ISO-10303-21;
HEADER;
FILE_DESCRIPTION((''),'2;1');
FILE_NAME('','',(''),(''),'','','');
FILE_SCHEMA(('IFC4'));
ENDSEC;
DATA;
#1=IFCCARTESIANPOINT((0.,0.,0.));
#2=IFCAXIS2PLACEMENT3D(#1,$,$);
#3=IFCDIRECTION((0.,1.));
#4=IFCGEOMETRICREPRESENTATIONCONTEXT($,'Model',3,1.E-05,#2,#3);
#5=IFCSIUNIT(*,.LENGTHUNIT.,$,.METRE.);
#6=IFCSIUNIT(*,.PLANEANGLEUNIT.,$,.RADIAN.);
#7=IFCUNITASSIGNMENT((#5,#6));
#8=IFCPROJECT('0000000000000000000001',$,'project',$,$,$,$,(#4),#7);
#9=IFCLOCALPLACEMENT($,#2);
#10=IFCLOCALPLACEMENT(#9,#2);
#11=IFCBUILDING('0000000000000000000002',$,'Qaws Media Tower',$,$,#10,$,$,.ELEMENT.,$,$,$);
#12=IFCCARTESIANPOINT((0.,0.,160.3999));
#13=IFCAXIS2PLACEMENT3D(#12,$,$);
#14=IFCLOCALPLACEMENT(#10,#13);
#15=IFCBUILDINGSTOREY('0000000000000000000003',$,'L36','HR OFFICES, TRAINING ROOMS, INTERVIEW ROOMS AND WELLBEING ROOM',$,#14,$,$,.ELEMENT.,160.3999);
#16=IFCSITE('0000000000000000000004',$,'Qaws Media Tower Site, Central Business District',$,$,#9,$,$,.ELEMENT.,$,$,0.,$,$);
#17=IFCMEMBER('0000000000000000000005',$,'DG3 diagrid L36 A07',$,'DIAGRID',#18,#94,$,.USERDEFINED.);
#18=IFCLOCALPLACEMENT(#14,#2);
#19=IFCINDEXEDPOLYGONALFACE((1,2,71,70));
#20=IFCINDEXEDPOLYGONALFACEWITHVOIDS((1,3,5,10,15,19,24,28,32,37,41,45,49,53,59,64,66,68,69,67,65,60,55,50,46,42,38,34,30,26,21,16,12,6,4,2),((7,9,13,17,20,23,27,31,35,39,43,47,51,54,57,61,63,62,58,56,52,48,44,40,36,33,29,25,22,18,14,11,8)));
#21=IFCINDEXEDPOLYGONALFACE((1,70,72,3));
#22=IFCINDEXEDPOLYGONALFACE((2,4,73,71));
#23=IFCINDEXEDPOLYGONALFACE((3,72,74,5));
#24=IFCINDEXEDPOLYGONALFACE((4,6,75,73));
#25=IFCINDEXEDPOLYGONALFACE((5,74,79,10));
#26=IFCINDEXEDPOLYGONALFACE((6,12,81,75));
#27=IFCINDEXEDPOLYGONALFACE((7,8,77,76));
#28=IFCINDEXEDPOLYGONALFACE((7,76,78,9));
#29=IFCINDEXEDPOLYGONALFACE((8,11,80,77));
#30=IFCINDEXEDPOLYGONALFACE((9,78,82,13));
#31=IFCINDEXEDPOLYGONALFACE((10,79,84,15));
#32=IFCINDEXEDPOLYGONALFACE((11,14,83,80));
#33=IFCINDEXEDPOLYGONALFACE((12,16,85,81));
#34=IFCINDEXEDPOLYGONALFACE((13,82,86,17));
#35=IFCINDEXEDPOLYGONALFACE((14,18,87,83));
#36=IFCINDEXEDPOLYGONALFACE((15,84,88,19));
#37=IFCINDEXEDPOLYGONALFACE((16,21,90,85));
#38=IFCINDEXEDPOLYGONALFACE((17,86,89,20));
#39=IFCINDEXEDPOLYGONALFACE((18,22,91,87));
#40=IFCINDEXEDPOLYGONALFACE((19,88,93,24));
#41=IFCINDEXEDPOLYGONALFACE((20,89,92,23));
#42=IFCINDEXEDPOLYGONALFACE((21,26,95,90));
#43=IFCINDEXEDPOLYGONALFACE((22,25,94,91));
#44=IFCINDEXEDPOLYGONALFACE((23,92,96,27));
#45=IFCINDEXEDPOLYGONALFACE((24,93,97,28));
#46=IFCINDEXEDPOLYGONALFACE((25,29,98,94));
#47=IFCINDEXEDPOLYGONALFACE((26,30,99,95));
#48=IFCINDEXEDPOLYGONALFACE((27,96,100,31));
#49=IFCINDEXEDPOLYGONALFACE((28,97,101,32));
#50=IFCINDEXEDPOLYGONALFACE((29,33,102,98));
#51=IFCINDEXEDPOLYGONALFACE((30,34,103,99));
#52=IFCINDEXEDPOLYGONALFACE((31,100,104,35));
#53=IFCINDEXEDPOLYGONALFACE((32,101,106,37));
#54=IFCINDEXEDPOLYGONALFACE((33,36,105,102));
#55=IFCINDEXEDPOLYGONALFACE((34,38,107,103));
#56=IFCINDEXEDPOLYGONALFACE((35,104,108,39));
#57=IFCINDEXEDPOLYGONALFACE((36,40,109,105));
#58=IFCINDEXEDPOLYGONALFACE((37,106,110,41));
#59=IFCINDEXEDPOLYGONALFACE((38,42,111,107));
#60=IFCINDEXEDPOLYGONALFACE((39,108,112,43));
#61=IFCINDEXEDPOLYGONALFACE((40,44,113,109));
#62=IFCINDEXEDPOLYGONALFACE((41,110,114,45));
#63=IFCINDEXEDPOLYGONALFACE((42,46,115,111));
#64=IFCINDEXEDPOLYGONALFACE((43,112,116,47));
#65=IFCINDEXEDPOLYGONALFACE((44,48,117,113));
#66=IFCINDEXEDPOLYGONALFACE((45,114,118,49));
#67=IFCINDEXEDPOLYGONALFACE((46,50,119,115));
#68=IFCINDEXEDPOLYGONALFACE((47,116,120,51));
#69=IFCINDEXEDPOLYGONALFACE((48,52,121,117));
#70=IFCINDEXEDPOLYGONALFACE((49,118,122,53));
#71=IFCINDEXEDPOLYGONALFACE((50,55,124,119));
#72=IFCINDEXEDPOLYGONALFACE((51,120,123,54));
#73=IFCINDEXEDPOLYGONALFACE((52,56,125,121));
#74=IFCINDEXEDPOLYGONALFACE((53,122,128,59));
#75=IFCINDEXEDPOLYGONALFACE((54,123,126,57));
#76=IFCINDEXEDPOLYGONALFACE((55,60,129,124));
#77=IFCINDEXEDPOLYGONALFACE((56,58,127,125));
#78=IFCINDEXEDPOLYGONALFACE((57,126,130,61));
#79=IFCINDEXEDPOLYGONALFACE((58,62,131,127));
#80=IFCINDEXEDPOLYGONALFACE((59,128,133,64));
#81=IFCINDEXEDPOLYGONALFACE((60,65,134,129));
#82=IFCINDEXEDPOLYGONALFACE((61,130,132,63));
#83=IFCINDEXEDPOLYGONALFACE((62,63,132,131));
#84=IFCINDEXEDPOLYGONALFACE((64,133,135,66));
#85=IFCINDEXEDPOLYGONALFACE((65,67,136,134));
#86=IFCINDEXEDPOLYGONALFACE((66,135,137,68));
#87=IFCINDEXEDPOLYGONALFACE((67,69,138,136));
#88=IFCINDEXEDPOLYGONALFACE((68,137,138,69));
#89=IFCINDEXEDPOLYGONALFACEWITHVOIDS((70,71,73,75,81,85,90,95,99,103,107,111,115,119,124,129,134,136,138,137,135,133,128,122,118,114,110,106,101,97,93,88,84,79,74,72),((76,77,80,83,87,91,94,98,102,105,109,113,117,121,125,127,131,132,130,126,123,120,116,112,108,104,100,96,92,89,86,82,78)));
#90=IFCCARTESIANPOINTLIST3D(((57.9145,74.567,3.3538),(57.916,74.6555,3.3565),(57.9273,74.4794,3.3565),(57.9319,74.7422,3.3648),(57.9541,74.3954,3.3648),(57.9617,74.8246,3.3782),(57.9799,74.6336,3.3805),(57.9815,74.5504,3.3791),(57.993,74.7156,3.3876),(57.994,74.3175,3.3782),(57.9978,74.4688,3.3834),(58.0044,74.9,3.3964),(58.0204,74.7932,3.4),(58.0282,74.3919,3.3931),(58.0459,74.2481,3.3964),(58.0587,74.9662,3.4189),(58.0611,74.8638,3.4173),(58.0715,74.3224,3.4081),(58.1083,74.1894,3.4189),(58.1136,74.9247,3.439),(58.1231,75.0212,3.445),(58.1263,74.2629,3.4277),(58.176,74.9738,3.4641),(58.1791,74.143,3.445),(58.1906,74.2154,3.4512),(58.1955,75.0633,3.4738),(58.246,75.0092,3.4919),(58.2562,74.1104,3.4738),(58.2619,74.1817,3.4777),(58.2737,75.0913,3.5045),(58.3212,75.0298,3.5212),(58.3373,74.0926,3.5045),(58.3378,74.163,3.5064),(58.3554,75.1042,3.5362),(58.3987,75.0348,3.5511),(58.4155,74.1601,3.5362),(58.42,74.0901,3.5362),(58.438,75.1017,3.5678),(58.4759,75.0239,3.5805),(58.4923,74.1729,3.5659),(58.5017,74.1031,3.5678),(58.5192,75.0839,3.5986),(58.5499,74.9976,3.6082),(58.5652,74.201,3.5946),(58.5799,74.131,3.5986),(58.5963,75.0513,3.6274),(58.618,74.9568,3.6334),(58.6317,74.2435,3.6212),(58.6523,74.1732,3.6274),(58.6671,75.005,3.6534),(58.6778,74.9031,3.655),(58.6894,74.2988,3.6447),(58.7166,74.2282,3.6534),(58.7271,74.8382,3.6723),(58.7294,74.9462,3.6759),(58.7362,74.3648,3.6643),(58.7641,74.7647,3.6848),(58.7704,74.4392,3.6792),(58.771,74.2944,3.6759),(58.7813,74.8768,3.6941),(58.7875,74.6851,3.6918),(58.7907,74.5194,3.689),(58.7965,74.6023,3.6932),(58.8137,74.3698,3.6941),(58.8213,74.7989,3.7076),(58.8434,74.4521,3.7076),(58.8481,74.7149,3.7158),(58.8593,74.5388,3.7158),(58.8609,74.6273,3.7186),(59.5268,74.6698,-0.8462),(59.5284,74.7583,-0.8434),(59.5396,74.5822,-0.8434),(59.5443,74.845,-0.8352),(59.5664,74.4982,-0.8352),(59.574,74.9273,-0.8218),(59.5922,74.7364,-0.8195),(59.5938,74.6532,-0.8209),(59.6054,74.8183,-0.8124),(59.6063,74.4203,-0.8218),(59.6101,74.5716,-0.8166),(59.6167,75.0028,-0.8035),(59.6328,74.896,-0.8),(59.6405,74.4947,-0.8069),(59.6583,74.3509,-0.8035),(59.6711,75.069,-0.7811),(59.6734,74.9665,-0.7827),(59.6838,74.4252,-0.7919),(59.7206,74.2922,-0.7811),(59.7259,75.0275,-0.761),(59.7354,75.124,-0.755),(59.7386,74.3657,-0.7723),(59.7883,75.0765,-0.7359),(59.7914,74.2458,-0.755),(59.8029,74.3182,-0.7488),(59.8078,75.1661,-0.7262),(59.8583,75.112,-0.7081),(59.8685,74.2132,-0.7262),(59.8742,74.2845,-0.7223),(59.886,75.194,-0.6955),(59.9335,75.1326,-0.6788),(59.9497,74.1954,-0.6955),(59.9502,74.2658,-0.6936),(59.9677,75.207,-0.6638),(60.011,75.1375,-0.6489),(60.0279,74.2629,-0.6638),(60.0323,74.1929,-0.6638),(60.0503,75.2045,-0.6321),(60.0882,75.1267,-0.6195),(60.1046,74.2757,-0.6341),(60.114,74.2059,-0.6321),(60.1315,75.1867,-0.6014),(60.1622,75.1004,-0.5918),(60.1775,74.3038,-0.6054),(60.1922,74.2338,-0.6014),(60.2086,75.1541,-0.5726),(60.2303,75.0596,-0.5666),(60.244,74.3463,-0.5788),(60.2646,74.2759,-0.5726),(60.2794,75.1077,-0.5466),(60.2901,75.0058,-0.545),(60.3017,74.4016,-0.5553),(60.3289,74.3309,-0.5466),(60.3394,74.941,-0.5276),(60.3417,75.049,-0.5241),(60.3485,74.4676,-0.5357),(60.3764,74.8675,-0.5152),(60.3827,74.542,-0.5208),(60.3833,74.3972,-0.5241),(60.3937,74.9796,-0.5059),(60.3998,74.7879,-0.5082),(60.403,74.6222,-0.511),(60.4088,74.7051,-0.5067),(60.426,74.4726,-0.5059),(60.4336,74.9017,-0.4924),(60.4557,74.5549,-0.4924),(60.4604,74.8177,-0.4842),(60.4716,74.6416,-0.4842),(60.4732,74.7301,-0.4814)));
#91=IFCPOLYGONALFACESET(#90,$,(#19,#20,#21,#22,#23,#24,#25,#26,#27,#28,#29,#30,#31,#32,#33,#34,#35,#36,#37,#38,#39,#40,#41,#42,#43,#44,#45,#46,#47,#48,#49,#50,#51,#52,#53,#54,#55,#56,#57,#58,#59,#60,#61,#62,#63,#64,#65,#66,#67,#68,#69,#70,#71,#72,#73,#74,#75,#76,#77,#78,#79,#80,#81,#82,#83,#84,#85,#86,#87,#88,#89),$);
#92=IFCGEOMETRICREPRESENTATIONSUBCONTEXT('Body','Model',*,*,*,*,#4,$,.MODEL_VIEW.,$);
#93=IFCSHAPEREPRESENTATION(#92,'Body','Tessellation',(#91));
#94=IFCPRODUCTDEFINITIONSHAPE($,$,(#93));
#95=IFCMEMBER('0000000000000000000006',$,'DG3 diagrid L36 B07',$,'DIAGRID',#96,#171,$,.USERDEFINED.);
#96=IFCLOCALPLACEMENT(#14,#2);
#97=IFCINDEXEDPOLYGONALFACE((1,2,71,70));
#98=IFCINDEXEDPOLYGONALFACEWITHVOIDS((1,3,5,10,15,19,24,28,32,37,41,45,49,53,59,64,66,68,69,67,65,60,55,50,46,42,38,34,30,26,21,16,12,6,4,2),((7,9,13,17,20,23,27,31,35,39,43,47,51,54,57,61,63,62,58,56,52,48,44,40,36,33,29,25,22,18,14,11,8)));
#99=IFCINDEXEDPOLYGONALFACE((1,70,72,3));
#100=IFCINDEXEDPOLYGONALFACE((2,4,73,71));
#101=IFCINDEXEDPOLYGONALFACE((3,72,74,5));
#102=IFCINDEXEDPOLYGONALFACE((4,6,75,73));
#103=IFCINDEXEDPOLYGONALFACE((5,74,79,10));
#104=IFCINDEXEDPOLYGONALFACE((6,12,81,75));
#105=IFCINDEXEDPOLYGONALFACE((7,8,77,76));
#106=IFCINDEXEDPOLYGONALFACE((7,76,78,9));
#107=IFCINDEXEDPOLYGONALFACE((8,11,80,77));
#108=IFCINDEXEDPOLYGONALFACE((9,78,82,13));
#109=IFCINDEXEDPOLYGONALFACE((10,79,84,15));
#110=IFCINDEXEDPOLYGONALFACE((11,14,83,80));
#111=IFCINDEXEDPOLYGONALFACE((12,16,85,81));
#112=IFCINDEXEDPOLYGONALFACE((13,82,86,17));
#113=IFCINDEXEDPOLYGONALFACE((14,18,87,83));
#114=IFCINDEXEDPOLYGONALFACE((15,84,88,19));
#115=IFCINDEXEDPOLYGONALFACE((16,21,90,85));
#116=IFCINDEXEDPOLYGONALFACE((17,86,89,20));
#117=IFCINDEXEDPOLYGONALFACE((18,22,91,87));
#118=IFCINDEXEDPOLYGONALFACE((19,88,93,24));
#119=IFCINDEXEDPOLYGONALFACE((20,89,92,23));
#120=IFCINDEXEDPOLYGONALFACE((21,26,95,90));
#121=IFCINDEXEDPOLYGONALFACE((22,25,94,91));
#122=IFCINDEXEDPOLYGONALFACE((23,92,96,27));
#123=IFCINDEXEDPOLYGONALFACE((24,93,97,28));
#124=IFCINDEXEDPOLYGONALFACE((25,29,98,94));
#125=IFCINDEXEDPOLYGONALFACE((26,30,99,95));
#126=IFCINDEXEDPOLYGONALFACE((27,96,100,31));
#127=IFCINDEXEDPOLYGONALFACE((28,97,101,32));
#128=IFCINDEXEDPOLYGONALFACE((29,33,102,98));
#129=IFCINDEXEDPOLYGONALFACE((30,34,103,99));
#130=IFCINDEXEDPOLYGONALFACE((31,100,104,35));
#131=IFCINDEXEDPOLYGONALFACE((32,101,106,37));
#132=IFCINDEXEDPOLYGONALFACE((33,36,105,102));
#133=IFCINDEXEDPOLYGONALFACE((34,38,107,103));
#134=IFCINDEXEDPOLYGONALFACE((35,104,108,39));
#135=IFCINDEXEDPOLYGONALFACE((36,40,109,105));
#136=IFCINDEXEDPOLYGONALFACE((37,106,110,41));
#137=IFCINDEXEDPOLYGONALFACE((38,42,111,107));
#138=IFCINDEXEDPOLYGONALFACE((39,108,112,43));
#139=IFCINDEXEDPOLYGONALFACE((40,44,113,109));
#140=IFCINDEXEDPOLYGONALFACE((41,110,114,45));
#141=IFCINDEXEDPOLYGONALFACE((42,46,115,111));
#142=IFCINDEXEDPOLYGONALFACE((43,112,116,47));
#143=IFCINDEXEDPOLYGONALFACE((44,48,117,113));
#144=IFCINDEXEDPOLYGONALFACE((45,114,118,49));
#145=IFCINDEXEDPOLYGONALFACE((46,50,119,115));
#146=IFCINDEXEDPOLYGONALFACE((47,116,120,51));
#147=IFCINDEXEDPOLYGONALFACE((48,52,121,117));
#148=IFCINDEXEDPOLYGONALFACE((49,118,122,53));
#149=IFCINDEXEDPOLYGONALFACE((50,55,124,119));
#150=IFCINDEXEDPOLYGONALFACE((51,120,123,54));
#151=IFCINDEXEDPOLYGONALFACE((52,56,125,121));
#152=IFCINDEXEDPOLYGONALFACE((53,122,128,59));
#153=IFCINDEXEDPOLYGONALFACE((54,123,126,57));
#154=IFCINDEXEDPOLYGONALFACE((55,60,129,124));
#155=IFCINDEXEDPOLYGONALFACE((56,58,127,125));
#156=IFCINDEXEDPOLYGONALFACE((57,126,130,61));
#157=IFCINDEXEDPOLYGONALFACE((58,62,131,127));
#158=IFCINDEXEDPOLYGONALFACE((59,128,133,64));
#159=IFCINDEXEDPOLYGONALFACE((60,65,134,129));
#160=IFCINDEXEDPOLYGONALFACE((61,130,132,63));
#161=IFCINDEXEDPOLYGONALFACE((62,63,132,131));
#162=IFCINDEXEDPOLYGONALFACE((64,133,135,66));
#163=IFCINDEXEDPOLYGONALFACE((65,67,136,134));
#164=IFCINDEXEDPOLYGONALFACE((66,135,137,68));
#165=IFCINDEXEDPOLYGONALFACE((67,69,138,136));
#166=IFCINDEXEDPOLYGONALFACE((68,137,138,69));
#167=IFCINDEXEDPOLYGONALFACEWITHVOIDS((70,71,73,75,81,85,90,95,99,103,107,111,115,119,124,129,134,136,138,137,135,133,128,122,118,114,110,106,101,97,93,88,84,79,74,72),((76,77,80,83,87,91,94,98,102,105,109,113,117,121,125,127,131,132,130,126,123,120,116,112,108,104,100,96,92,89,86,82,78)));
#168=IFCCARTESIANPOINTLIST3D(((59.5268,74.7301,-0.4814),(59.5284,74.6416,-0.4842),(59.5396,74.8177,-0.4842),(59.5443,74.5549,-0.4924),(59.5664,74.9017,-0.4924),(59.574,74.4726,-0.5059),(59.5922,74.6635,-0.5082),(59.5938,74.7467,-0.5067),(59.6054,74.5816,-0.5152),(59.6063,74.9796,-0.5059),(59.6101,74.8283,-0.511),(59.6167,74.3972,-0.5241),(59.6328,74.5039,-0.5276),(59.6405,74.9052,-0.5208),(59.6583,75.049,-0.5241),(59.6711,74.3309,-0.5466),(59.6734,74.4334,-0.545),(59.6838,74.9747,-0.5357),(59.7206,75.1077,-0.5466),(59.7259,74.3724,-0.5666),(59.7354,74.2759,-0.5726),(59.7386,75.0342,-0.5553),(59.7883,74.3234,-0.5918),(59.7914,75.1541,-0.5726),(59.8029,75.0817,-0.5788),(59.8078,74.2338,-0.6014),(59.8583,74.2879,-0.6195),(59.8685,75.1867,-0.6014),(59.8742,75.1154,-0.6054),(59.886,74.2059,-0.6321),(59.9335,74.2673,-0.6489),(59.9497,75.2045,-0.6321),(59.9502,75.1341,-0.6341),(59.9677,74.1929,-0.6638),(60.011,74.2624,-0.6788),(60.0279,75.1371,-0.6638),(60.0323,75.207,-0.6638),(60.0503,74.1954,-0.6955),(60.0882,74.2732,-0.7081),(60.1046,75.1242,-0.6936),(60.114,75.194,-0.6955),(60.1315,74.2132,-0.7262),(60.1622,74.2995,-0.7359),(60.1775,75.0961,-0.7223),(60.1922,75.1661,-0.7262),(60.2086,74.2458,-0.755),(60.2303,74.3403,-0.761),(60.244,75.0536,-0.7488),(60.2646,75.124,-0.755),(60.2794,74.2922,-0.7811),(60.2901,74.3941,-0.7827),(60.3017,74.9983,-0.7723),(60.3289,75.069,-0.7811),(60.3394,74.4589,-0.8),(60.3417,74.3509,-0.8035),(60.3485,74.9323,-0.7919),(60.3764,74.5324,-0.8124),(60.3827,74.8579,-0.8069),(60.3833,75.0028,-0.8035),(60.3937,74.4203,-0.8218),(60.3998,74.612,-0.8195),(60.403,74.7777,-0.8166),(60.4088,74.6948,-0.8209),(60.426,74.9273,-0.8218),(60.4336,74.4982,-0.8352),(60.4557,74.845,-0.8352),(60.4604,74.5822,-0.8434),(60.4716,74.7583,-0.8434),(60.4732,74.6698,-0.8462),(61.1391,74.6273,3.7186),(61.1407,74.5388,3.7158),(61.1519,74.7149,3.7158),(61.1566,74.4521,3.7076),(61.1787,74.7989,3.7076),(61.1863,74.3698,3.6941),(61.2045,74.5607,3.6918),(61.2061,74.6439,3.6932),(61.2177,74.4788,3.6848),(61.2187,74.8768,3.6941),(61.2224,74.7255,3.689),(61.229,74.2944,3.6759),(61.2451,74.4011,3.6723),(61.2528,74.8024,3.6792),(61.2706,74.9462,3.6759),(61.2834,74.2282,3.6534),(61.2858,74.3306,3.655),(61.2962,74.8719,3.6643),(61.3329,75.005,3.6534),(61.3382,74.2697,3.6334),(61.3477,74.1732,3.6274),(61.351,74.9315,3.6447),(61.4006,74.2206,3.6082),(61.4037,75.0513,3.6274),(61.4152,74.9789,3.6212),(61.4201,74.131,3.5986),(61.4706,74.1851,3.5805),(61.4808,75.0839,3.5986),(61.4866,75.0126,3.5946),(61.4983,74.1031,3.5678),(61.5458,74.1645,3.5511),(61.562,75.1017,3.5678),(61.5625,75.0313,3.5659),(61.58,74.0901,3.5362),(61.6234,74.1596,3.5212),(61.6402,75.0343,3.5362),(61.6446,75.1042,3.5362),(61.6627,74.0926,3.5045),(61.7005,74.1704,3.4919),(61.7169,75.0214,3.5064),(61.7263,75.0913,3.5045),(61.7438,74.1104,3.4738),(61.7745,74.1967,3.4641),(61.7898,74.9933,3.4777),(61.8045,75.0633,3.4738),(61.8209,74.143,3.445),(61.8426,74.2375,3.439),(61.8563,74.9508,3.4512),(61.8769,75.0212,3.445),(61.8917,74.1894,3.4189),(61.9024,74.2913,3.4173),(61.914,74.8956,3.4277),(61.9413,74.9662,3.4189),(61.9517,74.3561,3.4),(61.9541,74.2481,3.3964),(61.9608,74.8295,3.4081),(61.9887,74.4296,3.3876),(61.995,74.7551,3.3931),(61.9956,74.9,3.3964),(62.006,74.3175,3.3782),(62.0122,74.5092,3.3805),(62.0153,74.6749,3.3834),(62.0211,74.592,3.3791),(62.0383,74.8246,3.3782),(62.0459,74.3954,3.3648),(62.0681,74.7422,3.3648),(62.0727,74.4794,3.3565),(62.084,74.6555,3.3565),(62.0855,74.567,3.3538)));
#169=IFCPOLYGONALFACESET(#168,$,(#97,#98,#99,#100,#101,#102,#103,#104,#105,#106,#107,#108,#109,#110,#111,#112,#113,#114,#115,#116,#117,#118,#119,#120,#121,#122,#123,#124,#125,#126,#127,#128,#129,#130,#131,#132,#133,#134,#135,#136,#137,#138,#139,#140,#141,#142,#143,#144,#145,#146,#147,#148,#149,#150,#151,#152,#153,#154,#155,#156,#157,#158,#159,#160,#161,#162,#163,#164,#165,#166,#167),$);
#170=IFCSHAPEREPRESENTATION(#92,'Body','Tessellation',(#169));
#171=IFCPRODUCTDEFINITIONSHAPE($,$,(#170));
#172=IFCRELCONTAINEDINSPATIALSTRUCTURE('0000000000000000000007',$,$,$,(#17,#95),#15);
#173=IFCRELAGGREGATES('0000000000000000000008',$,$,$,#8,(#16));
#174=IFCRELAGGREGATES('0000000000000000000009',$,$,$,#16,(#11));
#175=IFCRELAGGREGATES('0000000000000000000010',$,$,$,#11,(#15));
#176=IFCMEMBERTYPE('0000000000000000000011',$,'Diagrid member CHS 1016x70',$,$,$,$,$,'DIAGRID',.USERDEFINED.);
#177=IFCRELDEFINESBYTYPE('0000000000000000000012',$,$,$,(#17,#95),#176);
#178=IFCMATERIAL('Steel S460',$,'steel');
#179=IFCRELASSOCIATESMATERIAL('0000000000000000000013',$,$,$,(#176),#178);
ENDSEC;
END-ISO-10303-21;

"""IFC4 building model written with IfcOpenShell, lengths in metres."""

from ifc_helpers import new_model, si_unit, direction, frame, origin, origin_2d, place, context, subcontext, project, spatial, hollow_circle, extrude, material, material_profile, profile_set, type_object, element, save


model = new_model("IFC4")

# Units and contexts
model_context = context("Model", 3, precision=1e-05, world=origin(), true_north=direction((0.0, 1.0)))
body_context = subcontext(model_context, "Body", "Model", "MODEL_VIEW")
ifc_project = project(units=[si_unit("LENGTHUNIT", "METRE"), si_unit("PLANEANGLEUNIT", "RADIAN")], contexts=[model_context])

# Site, building, storey
site_placement = place(None, origin())
site = spatial("IfcSite", under=ifc_project, at=site_placement, Name="Qaws Media Tower Site, Central Business District", CompositionType="ELEMENT", RefElevation=0.0)
building_placement = place(site_placement, origin())
building = spatial("IfcBuilding", under=site, at=building_placement, Name="Qaws Media Tower", CompositionType="ELEMENT")
storey_placement = place(building_placement, frame((0.0, 0.0, 160.3999)))
storey = spatial("IfcBuildingStorey", under=building, at=storey_placement, Name="L36", Description="HR OFFICES, TRAINING ROOMS, INTERVIEW ROOMS AND WELLBEING ROOM", CompositionType="ELEMENT", Elevation=160.3999)

# Members
ifc_material_1 = material(Name="Steel S460", Category="steel")
ifc_material_profile_1 = material_profile(ifc_material_1, hollow_circle(Radius=0.5081, WallThickness=0.0701, at=origin_2d()), Name="CHS 1016x70")
ifc_profile_set_1 = profile_set([ifc_material_profile_1], Name="Steel S460")
member_type_1 = type_object("IfcMemberType", Name="Diagrid member CHS 1016x70", ElementType="DIAGRID", PredefinedType="USERDEFINED", material=ifc_profile_set_1)
for number, where, z_axis, x_axis, name in (
    (1, (60.0, 74.7, -0.6638), (-0.358293, -0.022841, 0.93333), (0.06362, -0.997974, 0.0), "DG3 diagrid L36 A07"),
    (2, (60.0, 74.7, -0.6638), (0.358293, -0.022841, 0.93333), (0.06362, 0.997974, 0.0), "DG3 diagrid L36 B07"),
):
    element("IfcMember", number, at=place(storey_placement, frame(where, z_axis=z_axis, x_axis=x_axis)), inside=storey, type_object=member_type_1, Name=name, ObjectType="DIAGRID", PredefinedType="USERDEFINED", context=body_context, shape_type="SweptSolid", body=[
        extrude(hollow_circle(Radius=0.5081, WallThickness=0.0701, at=origin_2d()), origin(), (0.0, 0.0, 1.0), 4.5),
    ])

save(model, "model.ifc")
